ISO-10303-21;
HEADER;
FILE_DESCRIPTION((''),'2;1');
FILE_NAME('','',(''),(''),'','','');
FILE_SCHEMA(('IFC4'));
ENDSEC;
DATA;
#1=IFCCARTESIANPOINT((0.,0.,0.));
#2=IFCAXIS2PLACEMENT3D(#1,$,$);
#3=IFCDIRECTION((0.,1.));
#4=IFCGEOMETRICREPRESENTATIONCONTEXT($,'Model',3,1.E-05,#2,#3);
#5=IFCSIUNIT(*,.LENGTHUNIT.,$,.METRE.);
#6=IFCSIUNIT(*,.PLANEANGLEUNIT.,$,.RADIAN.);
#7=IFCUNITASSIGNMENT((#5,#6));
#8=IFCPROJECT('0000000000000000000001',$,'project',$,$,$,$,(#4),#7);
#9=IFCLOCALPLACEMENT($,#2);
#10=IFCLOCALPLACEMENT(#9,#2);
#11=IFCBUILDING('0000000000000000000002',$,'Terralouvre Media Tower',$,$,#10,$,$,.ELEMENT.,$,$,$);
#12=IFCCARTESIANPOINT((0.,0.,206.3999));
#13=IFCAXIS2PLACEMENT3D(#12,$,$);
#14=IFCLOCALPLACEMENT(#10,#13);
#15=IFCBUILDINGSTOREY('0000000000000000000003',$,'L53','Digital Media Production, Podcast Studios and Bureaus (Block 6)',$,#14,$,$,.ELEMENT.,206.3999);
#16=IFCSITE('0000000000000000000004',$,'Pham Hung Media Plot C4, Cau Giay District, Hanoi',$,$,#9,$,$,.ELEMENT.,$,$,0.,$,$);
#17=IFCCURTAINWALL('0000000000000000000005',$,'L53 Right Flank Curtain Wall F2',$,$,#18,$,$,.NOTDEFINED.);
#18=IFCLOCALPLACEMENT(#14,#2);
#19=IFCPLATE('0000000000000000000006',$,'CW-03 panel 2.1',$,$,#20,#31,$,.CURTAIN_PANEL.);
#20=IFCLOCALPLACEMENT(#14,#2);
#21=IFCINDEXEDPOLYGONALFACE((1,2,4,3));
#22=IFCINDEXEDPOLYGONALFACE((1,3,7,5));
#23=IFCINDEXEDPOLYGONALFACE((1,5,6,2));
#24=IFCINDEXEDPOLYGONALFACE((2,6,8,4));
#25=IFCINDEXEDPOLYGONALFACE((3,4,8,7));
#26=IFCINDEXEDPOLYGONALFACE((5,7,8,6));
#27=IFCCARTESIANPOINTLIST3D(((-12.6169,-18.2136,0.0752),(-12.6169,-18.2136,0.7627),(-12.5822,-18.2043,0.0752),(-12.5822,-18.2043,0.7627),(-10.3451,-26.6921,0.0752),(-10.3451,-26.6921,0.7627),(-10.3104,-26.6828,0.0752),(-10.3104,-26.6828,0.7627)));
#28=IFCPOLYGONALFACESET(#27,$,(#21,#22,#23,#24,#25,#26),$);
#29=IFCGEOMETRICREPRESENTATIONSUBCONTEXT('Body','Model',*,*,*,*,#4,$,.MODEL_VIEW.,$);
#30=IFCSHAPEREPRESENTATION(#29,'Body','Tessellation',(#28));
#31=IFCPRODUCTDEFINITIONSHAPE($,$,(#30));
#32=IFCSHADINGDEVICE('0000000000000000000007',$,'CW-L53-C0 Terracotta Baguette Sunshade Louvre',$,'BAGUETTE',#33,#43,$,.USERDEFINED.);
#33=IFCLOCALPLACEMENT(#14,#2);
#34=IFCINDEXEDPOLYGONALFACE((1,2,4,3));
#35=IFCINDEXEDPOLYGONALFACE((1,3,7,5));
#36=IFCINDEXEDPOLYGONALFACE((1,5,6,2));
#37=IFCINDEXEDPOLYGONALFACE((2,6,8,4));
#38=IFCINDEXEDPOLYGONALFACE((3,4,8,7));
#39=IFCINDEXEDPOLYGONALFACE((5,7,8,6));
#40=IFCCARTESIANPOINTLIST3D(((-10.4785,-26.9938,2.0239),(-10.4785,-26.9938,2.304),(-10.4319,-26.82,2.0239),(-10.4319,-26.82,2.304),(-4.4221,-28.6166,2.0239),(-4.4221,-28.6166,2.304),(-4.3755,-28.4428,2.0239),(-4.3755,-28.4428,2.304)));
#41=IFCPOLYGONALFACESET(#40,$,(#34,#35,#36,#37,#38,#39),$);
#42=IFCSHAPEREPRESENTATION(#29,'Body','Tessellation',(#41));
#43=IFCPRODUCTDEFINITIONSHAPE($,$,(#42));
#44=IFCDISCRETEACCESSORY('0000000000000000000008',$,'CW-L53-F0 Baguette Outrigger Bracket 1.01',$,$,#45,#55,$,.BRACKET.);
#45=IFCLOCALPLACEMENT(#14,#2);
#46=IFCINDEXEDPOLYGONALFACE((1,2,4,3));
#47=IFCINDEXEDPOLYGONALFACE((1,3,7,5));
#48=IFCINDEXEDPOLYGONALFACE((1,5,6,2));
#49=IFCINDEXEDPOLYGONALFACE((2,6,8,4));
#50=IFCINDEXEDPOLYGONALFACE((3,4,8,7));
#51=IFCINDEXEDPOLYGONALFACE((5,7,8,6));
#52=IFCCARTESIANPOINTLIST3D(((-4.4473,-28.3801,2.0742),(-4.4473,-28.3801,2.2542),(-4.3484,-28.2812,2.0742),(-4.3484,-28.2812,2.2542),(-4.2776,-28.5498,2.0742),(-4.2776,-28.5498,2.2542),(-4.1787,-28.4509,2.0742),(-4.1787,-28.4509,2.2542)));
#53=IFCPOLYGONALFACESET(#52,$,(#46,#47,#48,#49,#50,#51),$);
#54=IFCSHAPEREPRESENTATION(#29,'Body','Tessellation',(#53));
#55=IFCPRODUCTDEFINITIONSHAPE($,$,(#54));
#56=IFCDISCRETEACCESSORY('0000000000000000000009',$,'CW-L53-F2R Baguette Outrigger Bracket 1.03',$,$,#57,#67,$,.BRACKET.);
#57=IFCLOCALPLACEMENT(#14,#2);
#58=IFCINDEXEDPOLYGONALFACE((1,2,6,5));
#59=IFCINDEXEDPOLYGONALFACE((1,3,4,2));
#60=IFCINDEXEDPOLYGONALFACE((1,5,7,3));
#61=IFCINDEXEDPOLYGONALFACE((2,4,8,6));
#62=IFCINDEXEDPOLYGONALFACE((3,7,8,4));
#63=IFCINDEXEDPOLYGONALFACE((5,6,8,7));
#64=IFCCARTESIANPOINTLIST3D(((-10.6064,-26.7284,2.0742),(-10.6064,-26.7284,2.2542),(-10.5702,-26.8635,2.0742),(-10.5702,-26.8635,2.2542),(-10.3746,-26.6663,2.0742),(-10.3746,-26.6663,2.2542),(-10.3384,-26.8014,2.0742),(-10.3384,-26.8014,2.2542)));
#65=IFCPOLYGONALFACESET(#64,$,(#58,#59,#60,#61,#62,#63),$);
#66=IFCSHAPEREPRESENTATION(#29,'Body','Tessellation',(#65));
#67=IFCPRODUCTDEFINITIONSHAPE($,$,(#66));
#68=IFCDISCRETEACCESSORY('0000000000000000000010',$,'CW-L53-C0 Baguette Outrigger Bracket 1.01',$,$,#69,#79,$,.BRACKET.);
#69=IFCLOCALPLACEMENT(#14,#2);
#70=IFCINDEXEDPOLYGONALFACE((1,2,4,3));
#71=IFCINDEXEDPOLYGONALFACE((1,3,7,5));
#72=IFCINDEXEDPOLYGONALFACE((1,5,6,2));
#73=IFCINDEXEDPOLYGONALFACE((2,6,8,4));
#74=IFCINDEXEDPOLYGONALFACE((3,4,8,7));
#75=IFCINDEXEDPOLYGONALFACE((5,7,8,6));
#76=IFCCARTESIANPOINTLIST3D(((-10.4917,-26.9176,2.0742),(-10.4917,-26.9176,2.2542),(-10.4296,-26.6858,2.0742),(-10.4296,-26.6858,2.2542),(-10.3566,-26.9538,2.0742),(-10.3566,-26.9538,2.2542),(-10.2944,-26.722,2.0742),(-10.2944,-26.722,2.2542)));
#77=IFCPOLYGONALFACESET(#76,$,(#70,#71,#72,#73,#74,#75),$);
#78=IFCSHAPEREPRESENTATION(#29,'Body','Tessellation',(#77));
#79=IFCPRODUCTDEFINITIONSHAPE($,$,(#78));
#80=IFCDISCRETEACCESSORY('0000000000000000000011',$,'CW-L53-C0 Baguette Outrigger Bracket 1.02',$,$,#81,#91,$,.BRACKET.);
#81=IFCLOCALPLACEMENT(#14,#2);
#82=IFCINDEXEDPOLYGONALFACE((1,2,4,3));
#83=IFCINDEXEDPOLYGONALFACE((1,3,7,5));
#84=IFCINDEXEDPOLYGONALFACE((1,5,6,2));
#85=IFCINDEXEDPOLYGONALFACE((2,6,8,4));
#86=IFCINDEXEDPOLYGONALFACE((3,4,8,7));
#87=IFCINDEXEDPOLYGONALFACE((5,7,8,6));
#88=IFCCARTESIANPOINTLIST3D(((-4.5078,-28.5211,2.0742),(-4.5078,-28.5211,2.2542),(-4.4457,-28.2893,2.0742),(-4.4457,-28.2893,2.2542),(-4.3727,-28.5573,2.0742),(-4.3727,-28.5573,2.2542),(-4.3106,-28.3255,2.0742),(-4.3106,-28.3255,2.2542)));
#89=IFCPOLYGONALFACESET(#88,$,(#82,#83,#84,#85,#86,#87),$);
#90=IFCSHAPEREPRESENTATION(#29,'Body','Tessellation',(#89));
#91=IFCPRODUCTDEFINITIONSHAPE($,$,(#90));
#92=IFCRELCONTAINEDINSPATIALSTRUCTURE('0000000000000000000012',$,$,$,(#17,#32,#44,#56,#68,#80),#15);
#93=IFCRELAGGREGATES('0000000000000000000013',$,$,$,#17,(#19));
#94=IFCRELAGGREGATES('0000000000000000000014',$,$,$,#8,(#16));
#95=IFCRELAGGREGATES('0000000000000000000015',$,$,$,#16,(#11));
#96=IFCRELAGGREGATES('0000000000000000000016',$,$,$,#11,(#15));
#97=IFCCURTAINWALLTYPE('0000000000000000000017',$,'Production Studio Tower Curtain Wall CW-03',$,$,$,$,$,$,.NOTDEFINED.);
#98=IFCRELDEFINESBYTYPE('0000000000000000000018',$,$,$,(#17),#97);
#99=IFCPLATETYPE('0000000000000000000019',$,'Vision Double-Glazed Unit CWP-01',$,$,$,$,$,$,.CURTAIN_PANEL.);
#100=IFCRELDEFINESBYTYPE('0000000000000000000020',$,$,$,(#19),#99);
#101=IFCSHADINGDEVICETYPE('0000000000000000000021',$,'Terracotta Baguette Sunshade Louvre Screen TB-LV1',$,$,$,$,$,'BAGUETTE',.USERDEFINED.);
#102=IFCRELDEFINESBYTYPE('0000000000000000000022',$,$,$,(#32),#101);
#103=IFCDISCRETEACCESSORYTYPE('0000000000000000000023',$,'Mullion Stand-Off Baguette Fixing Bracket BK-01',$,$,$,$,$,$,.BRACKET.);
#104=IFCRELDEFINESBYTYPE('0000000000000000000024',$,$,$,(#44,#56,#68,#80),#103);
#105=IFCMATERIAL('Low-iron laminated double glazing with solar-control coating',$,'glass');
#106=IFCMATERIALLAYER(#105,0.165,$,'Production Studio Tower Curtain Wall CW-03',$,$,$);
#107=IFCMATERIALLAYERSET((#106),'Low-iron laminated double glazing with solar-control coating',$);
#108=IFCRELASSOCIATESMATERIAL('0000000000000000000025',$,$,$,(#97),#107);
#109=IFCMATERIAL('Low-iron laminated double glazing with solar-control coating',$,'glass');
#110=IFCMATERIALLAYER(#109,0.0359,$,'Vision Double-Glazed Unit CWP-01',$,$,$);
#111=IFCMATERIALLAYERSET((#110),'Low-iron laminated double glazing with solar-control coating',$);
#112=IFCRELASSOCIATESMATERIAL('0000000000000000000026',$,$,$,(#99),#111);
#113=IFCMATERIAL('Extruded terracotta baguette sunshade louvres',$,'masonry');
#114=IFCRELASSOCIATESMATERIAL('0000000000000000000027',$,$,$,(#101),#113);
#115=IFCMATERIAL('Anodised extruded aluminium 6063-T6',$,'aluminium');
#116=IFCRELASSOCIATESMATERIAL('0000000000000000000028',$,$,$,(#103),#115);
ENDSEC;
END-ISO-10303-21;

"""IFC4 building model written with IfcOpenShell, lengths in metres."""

from ifc_helpers import new_model, si_unit, direction, frame, origin, origin_2d, place, context, subcontext, project, spatial, rectangle, extrude, material, layer, layer_set, type_object, element, aggregate, save


model = new_model("IFC4")

# Units and contexts
model_context = context("Model", 3, precision=1e-05, world=origin(), true_north=direction((0.0, 1.0)))
body_context = subcontext(model_context, "Body", "Model", "MODEL_VIEW")
ifc_project = project(units=[si_unit("LENGTHUNIT", "METRE"), si_unit("PLANEANGLEUNIT", "RADIAN")], contexts=[model_context])

# Site, building, storey
site_placement = place(None, origin())
site = spatial("IfcSite", under=ifc_project, at=site_placement, Name="Pham Hung Media Plot C4, Cau Giay District, Hanoi", CompositionType="ELEMENT", RefElevation=0.0)
building_placement = place(site_placement, origin())
building = spatial("IfcBuilding", under=site, at=building_placement, Name="Terralouvre Media Tower", CompositionType="ELEMENT")
storey_placement = place(building_placement, frame((0.0, 0.0, 206.3999)))
storey = spatial("IfcBuildingStorey", under=building, at=storey_placement, Name="L53", Description="Digital Media Production, Podcast Studios and Bureaus (Block 6)", CompositionType="ELEMENT", Elevation=206.3999)

# Shared definitions
ifc_material_1 = material(Name="Low-iron laminated double glazing with solar-control coating", Category="glass")
ifc_layer_1 = layer(ifc_material_1, 0.165, Name="Production Studio Tower Curtain Wall CW-03")
ifc_layer_set_1 = layer_set([ifc_layer_1], Name="Low-iron laminated double glazing with solar-control coating")
curtain_wall_type_1 = type_object("IfcCurtainWallType", Name="Production Studio Tower Curtain Wall CW-03", PredefinedType="NOTDEFINED", material=ifc_layer_set_1)

# Curtain wall
curtain_wall_1_placement = place(storey_placement, origin())
curtain_wall_1 = element("IfcCurtainWall", 1, at=curtain_wall_1_placement, inside=storey, type_object=curtain_wall_type_1, Name="L53 Right Flank Curtain Wall F2", PredefinedType="NOTDEFINED")

# Plate
ifc_material_2 = material(Name="Low-iron laminated double glazing with solar-control coating", Category="glass")
ifc_layer_2 = layer(ifc_material_2, 0.0359, Name="Vision Double-Glazed Unit CWP-01")
ifc_layer_set_2 = layer_set([ifc_layer_2], Name="Low-iron laminated double glazing with solar-control coating")
plate_type_1 = type_object("IfcPlateType", Name="Vision Double-Glazed Unit CWP-01", PredefinedType="CURTAIN_PANEL", material=ifc_layer_set_2)
plate_1_placement = place(storey_placement, frame((-11.4636, -22.4482, 0.0752), z_axis=(0.0, 0.0, 1.0), x_axis=(0.258819, -0.965926, 0.0)))
plate_1 = element("IfcPlate", 2, at=plate_1_placement, type_object=plate_type_1, Name="CW-03 panel 2.1", PredefinedType="CURTAIN_PANEL", context=body_context, shape_type="SweptSolid", body=[
    extrude(rectangle(XDim=8.7776, YDim=0.0359, at=origin_2d()), origin(), (0.0, 0.0, 1.0), 0.6875),
])
aggregate(curtain_wall_1, [plate_1])

# Shading device
ifc_material_3 = material(Name="Extruded terracotta baguette sunshade louvres", Category="masonry")
shading_device_type = type_object("IfcShadingDeviceType", Name="Terracotta Baguette Sunshade Louvre Screen TB-LV1", ElementType="BAGUETTE", PredefinedType="USERDEFINED", material=ifc_material_3)
shading_device_placement = place(storey_placement, frame((-7.427, -27.7183, 2.0239), z_axis=(0.0, 0.0, 1.0), x_axis=(0.965926, -0.258819, 0.0)))
element("IfcShadingDevice", 3, at=shading_device_placement, inside=storey, type_object=shading_device_type, Name="CW-L53-C0 Terracotta Baguette Sunshade Louvre", ObjectType="BAGUETTE", PredefinedType="USERDEFINED", context=body_context, shape_type="SweptSolid", body=[
    extrude(rectangle(XDim=6.27, YDim=0.1799, at=origin_2d()), origin(), (0.0, 0.0, 1.0), 0.28),
])

# Discrete accessories
ifc_material_4 = material(Name="Anodised extruded aluminium 6063-T6", Category="aluminium")
discrete_accessory_type = type_object("IfcDiscreteAccessoryType", Name="Mullion Stand-Off Baguette Fixing Bracket BK-01", PredefinedType="BRACKET", material=ifc_material_4)
for number, where, z_axis, x_axis, name in (
    (4, (-4.313, -28.4155, 2.0742), (0.0, 0.0, 1.0), (0.707107, 0.707107, 0.0), "CW-L53-F0 Baguette Outrigger Bracket 1.01"),
    (5, (-10.4724, -26.7649, 2.0742), (0.0, 0.0, 1.0), (0.258819, -0.965926, 0.0), "CW-L53-F2R Baguette Outrigger Bracket 1.03"),
    (6, (-10.3931, -26.8198, 2.0742), (0.0, 0.0, 1.0), (0.965926, -0.258819, 0.0), "CW-L53-C0 Baguette Outrigger Bracket 1.01"),
    (7, (-4.4092, -28.4233, 2.0742), (0.0, 0.0, 1.0), (0.965926, -0.258819, 0.0), "CW-L53-C0 Baguette Outrigger Bracket 1.02"),
):
    element("IfcDiscreteAccessory", number, at=place(storey_placement, frame(where, z_axis=z_axis, x_axis=x_axis)), inside=storey, type_object=discrete_accessory_type, Name=name, PredefinedType="BRACKET", context=body_context, shape_type="SweptSolid", body=[
        extrude(rectangle(XDim=0.1399, YDim=0.24, at=origin_2d()), origin(), (0.0, 0.0, 1.0), 0.1799),
    ])

save(model, "model.ifc")
